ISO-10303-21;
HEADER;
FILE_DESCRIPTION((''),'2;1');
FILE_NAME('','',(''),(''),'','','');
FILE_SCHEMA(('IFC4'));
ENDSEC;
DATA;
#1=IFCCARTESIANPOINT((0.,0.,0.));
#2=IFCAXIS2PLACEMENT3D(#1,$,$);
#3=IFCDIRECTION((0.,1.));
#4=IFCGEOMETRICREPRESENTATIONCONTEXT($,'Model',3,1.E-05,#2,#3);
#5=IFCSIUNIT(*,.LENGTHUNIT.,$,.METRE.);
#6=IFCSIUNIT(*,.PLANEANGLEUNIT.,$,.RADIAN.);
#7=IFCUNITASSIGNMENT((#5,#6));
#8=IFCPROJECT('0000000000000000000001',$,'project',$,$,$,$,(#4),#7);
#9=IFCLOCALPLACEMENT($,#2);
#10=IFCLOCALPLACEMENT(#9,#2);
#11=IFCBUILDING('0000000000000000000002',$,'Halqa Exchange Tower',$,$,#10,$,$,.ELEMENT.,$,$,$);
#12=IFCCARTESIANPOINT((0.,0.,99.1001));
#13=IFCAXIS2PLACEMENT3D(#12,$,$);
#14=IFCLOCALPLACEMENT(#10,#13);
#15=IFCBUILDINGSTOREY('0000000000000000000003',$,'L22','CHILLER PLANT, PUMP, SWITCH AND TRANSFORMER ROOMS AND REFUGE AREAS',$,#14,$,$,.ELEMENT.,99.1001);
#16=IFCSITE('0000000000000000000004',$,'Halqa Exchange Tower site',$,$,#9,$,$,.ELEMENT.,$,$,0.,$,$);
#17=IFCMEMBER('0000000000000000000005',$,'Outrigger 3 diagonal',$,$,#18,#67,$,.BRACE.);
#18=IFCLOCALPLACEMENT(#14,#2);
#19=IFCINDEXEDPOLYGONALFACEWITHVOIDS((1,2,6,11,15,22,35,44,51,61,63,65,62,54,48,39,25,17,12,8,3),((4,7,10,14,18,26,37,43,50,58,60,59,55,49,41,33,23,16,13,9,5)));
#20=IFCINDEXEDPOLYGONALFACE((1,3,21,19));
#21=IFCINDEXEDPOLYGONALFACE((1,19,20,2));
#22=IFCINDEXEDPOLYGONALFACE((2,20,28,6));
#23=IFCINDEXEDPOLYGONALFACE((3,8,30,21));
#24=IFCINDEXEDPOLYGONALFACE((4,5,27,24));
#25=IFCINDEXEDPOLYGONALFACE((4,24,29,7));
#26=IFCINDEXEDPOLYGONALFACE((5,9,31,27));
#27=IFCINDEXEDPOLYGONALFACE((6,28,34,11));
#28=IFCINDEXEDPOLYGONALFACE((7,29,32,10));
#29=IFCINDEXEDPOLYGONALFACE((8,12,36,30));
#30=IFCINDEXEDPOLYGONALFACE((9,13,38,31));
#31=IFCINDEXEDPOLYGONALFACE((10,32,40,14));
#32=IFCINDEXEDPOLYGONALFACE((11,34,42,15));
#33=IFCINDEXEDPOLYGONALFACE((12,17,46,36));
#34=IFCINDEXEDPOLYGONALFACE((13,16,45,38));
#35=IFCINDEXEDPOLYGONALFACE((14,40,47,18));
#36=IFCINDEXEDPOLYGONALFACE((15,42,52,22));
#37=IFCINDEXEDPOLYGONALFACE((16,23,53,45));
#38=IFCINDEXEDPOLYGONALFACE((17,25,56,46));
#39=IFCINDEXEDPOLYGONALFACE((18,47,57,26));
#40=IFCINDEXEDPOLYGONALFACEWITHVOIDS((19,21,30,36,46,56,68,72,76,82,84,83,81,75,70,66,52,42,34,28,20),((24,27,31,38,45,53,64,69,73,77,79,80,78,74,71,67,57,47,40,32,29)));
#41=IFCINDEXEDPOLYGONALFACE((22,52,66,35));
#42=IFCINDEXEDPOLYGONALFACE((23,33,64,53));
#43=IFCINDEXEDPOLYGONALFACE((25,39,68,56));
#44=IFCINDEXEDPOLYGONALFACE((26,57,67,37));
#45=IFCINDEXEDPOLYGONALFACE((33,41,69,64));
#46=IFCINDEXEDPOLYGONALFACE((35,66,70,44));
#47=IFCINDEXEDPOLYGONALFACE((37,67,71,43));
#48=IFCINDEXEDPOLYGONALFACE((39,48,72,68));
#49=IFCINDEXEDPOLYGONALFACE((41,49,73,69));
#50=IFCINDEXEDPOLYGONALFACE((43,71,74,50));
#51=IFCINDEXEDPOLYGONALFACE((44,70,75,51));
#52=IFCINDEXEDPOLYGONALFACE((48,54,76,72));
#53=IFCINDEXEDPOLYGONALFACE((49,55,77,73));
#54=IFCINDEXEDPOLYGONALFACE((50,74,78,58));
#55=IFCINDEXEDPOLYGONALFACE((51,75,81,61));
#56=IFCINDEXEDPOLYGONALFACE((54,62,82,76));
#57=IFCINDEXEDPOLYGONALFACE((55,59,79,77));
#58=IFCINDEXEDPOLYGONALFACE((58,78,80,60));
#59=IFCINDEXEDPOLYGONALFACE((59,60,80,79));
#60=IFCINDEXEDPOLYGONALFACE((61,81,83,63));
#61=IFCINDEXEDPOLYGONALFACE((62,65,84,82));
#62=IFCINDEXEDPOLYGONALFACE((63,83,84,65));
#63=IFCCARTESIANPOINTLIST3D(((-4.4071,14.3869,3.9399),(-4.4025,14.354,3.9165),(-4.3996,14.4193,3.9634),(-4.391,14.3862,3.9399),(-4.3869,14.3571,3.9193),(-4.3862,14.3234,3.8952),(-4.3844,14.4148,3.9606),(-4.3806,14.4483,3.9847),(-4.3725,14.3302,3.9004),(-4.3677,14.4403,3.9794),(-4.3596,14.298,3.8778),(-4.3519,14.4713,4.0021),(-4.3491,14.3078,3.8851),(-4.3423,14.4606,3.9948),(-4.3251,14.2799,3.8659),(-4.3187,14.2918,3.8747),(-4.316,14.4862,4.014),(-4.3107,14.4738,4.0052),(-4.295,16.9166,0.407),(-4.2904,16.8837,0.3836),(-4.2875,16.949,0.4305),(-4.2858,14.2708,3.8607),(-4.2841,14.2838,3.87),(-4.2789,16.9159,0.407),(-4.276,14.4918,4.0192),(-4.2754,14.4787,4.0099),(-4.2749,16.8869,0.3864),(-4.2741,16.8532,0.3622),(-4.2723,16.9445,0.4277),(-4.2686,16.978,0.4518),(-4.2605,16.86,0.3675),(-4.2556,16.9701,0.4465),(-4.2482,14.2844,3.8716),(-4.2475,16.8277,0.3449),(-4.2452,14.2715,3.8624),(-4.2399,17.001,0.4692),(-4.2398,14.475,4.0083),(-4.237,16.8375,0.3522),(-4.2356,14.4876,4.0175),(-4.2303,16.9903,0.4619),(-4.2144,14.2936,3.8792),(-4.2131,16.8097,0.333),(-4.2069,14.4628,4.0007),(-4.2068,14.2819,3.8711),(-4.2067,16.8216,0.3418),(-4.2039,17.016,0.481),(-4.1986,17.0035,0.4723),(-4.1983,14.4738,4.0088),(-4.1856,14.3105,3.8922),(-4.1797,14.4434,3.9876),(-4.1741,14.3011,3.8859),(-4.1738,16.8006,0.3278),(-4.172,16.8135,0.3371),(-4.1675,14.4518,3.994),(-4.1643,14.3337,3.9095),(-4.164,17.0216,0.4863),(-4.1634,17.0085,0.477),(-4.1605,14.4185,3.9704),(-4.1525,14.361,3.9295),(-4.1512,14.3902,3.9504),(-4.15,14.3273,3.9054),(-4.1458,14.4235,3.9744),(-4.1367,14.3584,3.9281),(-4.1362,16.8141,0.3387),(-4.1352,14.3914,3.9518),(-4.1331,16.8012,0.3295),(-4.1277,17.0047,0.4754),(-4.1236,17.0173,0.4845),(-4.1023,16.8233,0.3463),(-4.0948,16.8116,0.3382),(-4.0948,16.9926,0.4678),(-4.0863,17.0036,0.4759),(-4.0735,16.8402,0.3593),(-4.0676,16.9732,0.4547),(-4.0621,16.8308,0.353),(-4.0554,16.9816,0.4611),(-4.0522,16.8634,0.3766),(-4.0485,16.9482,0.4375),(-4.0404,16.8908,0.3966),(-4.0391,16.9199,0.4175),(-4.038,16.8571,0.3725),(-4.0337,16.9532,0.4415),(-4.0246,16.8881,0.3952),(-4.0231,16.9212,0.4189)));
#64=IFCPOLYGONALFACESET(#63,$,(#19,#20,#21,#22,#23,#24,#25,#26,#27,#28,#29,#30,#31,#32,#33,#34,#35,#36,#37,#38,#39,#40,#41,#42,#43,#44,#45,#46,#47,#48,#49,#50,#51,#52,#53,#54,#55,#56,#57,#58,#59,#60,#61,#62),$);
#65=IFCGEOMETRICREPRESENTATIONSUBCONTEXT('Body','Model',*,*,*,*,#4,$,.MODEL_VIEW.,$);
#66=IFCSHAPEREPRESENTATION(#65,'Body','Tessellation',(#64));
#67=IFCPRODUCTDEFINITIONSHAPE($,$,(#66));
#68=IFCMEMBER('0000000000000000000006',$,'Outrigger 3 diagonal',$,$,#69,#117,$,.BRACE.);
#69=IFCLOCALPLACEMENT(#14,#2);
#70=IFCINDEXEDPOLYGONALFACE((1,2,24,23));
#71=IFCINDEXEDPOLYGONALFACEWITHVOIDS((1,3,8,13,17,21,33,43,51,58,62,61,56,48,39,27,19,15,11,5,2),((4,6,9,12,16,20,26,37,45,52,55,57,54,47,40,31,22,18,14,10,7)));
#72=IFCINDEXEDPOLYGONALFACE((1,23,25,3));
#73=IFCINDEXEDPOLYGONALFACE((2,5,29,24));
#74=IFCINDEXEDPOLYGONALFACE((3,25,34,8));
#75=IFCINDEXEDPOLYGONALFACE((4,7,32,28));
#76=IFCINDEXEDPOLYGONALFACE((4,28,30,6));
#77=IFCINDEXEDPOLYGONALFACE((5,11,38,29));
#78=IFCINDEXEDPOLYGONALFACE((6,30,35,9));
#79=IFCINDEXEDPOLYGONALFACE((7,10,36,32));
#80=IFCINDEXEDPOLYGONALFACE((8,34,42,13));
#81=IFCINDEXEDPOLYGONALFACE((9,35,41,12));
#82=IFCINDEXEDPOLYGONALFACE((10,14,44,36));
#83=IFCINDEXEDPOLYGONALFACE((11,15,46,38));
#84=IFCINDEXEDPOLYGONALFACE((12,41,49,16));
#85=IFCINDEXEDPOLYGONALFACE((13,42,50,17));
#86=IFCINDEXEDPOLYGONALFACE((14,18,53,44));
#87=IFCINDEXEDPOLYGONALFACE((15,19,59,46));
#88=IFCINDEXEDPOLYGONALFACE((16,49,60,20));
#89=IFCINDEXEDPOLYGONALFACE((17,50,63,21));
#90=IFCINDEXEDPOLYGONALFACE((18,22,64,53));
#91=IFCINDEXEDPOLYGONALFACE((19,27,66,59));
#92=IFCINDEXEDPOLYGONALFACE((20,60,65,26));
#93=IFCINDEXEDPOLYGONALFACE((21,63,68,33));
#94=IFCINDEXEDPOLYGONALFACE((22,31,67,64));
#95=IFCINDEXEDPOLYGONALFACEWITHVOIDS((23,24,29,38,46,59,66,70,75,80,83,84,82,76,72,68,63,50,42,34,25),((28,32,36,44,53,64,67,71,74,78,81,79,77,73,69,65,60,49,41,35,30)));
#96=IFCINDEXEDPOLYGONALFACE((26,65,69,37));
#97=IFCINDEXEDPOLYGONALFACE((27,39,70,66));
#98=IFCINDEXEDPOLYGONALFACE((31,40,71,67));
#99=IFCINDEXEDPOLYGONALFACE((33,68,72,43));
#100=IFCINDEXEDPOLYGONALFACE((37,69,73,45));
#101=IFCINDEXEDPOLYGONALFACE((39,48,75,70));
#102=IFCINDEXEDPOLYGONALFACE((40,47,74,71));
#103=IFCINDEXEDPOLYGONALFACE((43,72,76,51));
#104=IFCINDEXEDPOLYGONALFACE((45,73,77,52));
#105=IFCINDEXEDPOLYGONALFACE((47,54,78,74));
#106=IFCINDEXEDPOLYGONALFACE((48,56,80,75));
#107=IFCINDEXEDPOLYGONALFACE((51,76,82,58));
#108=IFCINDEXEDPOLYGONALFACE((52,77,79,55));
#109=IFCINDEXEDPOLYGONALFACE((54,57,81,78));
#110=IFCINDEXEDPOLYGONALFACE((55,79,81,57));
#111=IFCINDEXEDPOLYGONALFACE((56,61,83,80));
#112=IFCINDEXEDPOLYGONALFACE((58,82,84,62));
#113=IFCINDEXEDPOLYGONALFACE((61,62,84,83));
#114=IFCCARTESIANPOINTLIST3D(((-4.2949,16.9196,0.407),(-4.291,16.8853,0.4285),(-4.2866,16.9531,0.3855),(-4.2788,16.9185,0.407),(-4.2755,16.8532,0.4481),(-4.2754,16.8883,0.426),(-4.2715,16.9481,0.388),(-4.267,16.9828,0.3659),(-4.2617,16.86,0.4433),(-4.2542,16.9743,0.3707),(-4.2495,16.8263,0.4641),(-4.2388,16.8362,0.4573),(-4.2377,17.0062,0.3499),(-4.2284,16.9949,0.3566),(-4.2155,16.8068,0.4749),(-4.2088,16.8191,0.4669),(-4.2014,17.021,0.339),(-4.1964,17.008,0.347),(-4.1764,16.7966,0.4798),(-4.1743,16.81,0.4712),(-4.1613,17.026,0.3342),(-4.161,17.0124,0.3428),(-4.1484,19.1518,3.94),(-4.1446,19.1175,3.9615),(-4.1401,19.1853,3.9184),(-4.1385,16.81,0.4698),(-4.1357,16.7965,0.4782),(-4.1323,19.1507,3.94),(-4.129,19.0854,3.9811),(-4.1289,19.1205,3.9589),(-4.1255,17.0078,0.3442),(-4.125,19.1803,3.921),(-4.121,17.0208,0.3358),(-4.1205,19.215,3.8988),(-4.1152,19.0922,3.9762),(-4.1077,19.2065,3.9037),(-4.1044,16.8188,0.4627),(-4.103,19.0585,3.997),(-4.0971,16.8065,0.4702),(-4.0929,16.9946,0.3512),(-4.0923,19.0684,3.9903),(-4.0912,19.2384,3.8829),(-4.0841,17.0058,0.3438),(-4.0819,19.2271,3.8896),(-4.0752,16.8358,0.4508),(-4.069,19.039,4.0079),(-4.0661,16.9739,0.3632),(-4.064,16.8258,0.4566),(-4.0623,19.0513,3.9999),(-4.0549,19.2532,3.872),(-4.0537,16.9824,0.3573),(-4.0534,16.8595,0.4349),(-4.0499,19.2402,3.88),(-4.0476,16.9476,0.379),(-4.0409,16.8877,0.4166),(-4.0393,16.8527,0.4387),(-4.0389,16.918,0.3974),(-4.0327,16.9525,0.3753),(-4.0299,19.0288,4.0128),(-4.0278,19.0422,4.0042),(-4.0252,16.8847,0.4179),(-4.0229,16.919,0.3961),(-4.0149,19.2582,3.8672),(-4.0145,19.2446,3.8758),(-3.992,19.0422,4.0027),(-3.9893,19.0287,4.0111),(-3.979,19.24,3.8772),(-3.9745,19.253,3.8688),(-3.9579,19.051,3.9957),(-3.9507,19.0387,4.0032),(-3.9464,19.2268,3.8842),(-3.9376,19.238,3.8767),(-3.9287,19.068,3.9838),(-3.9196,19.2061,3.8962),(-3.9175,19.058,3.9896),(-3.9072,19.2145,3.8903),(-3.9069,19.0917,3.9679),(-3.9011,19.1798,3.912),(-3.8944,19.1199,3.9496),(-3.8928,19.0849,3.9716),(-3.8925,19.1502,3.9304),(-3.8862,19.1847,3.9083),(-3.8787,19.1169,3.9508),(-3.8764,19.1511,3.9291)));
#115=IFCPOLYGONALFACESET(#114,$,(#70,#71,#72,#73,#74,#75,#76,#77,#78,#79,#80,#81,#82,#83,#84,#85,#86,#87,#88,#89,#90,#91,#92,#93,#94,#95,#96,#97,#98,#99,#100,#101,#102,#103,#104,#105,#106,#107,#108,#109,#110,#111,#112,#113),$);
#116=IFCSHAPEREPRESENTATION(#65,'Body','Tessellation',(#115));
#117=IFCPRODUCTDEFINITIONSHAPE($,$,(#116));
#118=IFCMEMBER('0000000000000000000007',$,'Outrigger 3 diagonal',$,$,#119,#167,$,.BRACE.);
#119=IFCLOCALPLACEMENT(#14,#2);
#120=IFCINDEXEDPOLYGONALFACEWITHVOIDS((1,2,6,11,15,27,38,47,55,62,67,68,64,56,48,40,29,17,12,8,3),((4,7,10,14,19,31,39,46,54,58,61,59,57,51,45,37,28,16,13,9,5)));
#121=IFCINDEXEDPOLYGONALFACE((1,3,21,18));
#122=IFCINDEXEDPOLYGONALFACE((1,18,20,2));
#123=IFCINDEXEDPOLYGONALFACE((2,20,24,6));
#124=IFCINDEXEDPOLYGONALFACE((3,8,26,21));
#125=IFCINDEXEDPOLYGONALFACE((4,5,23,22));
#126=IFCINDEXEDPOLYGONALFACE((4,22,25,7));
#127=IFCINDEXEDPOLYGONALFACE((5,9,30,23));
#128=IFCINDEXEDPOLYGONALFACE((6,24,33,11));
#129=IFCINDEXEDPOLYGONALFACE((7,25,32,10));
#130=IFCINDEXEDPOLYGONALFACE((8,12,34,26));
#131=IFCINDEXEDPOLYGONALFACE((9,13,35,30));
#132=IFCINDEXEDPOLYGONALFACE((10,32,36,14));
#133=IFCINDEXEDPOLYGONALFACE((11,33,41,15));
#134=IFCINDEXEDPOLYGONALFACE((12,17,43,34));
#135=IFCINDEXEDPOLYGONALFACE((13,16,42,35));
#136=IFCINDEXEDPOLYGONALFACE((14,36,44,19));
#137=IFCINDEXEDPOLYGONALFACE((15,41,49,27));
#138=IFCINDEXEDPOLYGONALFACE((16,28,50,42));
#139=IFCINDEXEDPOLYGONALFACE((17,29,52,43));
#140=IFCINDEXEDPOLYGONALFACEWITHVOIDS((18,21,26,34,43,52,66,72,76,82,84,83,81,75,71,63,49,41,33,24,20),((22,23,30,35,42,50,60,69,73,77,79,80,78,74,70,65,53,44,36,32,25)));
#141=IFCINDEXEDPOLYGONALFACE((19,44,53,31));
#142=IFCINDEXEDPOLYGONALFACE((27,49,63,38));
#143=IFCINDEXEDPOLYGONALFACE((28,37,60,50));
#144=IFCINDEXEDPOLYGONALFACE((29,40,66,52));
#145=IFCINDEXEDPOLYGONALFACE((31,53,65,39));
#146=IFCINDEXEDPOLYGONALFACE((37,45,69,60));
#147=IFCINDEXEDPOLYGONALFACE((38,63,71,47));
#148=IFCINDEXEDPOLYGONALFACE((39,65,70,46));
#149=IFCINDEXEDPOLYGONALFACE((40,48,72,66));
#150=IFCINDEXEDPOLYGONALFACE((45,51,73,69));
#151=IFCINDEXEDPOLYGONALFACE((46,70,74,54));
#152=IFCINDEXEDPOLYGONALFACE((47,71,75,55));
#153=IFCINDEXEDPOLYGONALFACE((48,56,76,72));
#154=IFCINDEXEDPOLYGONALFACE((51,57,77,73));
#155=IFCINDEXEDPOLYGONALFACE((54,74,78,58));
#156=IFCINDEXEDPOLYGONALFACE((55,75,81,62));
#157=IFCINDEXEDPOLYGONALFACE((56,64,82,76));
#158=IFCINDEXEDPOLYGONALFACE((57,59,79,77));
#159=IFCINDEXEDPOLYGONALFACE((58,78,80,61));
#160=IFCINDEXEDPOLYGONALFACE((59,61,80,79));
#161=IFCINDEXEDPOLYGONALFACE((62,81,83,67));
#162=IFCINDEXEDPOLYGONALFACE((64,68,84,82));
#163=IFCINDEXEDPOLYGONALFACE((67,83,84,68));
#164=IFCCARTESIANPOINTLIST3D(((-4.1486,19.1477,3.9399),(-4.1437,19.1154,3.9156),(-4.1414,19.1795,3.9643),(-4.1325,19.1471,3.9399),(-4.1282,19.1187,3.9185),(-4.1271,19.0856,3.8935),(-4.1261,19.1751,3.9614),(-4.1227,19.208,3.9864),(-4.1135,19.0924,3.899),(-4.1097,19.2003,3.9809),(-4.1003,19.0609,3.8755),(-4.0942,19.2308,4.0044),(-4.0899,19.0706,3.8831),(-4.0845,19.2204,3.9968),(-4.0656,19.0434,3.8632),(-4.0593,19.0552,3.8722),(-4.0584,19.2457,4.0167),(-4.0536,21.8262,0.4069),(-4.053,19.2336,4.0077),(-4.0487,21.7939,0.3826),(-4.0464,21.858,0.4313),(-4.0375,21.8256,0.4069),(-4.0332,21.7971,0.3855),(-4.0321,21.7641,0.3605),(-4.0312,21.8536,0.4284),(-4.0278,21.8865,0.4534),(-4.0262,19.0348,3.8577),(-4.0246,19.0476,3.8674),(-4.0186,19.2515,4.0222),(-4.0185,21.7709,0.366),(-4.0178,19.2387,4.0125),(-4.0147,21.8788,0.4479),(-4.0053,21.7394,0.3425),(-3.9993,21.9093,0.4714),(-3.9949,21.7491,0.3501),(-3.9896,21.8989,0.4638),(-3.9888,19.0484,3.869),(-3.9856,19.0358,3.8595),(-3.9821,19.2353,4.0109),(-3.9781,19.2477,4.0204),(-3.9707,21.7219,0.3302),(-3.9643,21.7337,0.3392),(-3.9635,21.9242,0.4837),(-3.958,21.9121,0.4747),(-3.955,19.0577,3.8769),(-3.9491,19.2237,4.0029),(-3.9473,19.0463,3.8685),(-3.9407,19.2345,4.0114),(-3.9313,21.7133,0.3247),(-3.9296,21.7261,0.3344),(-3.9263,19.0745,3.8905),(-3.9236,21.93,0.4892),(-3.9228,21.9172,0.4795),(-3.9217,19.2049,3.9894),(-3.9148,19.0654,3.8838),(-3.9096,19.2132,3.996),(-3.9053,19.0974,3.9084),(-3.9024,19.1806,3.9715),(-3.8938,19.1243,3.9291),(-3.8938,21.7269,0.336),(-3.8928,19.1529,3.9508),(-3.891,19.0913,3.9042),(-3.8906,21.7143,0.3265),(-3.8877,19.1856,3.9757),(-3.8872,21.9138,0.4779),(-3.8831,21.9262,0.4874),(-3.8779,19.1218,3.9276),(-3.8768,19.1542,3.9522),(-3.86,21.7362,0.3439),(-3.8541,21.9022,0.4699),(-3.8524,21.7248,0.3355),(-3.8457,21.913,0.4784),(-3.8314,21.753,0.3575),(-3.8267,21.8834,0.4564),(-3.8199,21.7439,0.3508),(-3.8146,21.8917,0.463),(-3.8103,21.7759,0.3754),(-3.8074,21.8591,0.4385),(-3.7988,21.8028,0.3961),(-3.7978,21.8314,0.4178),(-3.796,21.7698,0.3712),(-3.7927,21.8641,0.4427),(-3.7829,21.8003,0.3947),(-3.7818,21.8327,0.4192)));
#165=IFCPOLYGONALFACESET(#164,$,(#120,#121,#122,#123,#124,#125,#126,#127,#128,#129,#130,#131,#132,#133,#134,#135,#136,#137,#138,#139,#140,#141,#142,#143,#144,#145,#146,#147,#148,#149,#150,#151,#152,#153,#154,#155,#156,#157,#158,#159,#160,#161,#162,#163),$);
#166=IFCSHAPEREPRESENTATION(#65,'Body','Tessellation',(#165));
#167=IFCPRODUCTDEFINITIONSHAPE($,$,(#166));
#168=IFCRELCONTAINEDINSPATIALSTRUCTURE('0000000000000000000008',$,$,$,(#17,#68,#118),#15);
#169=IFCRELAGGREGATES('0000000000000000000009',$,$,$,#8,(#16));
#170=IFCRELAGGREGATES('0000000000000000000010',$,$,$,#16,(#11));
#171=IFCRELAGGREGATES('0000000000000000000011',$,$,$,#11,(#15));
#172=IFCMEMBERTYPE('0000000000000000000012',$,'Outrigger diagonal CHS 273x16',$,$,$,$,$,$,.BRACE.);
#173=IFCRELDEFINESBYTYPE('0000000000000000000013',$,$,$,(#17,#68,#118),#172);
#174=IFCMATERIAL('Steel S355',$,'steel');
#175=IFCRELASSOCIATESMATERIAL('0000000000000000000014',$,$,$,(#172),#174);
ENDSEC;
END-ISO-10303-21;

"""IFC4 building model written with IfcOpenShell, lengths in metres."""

from ifc_helpers import new_model, si_unit, direction, frame, origin, origin_2d, place, context, subcontext, project, spatial, hollow_circle, extrude, material, material_profile, profile_set, type_object, element, save


model = new_model("IFC4")

# Units and contexts
model_context = context("Model", 3, precision=1e-05, world=origin(), true_north=direction((0.0, 1.0)))
body_context = subcontext(model_context, "Body", "Model", "MODEL_VIEW")
ifc_project = project(units=[si_unit("LENGTHUNIT", "METRE"), si_unit("PLANEANGLEUNIT", "RADIAN")], contexts=[model_context])

# Site, building, storey
site_placement = place(None, origin())
site = spatial("IfcSite", under=ifc_project, at=site_placement, Name="Halqa Exchange Tower site", CompositionType="ELEMENT", RefElevation=0.0)
building_placement = place(site_placement, origin())
building = spatial("IfcBuilding", under=site, at=building_placement, Name="Halqa Exchange Tower", CompositionType="ELEMENT")
storey_placement = place(building_placement, frame((0.0, 0.0, 99.1001)))
storey = spatial("IfcBuildingStorey", under=building, at=storey_placement, Name="L22", Description="CHILLER PLANT, PUMP, SWITCH AND TRANSFORMER ROOMS AND REFUGE AREAS", CompositionType="ELEMENT", Elevation=99.1001)

# Members
ifc_material_1 = material(Name="Steel S355", Category="steel")
ifc_material_profile_1 = material_profile(ifc_material_1, hollow_circle(Radius=0.1365, WallThickness=0.0161, at=origin_2d()), Name="CHS 273x16")
ifc_profile_set_1 = profile_set([ifc_material_profile_1], Name="Steel S355")
member_type_1 = type_object("IfcMemberType", Name="Outrigger diagonal CHS 273x16", PredefinedType="BRACE", material=ifc_profile_set_1)
member_1_placement = place(storey_placement, frame((-4.2708, 14.3809, 3.9399), z_axis=(0.02578, 0.581996, -0.812783), x_axis=(-0.99902, 0.044253, 0.0)))
element("IfcMember", 1, at=member_1_placement, inside=storey, type_object=member_type_1, Name="Outrigger 3 diagonal", PredefinedType="BRACE", context=body_context, shape_type="SweptSolid", body=[
    extrude(hollow_circle(Radius=0.1365, WallThickness=0.0161, at=origin_2d()), origin(), (0.0, 0.0, 1.0), 4.3467),
])
member_2_placement = place(storey_placement, frame((-4.1587, 16.9106, 0.407), z_axis=(0.035031, 0.533808, 0.84488), x_axis=(-0.997854, 0.065483, 0.0)))
element("IfcMember", 2, at=member_2_placement, inside=storey, type_object=member_type_1, Name="Outrigger 3 diagonal", PredefinedType="BRACE", context=body_context, shape_type="SweptSolid", body=[
    extrude(hollow_circle(Radius=0.1365, WallThickness=0.0161, at=origin_2d()), origin(), (0.0, 0.0, 1.0), 4.1816),
])
member_3_placement = place(storey_placement, frame((-4.0122, 19.1428, 3.9399), z_axis=(0.021416, 0.604003, -0.796694), x_axis=(-0.999372, 0.035435, 0.0)))
element("IfcMember", 3, at=member_3_placement, inside=storey, type_object=member_type_1, Name="Outrigger 3 diagonal", PredefinedType="BRACE", context=body_context, shape_type="SweptSolid", body=[
    extrude(hollow_circle(Radius=0.1365, WallThickness=0.0161, at=origin_2d()), origin(), (0.0, 0.0, 1.0), 4.4346),
])

save(model, "model.ifc")
